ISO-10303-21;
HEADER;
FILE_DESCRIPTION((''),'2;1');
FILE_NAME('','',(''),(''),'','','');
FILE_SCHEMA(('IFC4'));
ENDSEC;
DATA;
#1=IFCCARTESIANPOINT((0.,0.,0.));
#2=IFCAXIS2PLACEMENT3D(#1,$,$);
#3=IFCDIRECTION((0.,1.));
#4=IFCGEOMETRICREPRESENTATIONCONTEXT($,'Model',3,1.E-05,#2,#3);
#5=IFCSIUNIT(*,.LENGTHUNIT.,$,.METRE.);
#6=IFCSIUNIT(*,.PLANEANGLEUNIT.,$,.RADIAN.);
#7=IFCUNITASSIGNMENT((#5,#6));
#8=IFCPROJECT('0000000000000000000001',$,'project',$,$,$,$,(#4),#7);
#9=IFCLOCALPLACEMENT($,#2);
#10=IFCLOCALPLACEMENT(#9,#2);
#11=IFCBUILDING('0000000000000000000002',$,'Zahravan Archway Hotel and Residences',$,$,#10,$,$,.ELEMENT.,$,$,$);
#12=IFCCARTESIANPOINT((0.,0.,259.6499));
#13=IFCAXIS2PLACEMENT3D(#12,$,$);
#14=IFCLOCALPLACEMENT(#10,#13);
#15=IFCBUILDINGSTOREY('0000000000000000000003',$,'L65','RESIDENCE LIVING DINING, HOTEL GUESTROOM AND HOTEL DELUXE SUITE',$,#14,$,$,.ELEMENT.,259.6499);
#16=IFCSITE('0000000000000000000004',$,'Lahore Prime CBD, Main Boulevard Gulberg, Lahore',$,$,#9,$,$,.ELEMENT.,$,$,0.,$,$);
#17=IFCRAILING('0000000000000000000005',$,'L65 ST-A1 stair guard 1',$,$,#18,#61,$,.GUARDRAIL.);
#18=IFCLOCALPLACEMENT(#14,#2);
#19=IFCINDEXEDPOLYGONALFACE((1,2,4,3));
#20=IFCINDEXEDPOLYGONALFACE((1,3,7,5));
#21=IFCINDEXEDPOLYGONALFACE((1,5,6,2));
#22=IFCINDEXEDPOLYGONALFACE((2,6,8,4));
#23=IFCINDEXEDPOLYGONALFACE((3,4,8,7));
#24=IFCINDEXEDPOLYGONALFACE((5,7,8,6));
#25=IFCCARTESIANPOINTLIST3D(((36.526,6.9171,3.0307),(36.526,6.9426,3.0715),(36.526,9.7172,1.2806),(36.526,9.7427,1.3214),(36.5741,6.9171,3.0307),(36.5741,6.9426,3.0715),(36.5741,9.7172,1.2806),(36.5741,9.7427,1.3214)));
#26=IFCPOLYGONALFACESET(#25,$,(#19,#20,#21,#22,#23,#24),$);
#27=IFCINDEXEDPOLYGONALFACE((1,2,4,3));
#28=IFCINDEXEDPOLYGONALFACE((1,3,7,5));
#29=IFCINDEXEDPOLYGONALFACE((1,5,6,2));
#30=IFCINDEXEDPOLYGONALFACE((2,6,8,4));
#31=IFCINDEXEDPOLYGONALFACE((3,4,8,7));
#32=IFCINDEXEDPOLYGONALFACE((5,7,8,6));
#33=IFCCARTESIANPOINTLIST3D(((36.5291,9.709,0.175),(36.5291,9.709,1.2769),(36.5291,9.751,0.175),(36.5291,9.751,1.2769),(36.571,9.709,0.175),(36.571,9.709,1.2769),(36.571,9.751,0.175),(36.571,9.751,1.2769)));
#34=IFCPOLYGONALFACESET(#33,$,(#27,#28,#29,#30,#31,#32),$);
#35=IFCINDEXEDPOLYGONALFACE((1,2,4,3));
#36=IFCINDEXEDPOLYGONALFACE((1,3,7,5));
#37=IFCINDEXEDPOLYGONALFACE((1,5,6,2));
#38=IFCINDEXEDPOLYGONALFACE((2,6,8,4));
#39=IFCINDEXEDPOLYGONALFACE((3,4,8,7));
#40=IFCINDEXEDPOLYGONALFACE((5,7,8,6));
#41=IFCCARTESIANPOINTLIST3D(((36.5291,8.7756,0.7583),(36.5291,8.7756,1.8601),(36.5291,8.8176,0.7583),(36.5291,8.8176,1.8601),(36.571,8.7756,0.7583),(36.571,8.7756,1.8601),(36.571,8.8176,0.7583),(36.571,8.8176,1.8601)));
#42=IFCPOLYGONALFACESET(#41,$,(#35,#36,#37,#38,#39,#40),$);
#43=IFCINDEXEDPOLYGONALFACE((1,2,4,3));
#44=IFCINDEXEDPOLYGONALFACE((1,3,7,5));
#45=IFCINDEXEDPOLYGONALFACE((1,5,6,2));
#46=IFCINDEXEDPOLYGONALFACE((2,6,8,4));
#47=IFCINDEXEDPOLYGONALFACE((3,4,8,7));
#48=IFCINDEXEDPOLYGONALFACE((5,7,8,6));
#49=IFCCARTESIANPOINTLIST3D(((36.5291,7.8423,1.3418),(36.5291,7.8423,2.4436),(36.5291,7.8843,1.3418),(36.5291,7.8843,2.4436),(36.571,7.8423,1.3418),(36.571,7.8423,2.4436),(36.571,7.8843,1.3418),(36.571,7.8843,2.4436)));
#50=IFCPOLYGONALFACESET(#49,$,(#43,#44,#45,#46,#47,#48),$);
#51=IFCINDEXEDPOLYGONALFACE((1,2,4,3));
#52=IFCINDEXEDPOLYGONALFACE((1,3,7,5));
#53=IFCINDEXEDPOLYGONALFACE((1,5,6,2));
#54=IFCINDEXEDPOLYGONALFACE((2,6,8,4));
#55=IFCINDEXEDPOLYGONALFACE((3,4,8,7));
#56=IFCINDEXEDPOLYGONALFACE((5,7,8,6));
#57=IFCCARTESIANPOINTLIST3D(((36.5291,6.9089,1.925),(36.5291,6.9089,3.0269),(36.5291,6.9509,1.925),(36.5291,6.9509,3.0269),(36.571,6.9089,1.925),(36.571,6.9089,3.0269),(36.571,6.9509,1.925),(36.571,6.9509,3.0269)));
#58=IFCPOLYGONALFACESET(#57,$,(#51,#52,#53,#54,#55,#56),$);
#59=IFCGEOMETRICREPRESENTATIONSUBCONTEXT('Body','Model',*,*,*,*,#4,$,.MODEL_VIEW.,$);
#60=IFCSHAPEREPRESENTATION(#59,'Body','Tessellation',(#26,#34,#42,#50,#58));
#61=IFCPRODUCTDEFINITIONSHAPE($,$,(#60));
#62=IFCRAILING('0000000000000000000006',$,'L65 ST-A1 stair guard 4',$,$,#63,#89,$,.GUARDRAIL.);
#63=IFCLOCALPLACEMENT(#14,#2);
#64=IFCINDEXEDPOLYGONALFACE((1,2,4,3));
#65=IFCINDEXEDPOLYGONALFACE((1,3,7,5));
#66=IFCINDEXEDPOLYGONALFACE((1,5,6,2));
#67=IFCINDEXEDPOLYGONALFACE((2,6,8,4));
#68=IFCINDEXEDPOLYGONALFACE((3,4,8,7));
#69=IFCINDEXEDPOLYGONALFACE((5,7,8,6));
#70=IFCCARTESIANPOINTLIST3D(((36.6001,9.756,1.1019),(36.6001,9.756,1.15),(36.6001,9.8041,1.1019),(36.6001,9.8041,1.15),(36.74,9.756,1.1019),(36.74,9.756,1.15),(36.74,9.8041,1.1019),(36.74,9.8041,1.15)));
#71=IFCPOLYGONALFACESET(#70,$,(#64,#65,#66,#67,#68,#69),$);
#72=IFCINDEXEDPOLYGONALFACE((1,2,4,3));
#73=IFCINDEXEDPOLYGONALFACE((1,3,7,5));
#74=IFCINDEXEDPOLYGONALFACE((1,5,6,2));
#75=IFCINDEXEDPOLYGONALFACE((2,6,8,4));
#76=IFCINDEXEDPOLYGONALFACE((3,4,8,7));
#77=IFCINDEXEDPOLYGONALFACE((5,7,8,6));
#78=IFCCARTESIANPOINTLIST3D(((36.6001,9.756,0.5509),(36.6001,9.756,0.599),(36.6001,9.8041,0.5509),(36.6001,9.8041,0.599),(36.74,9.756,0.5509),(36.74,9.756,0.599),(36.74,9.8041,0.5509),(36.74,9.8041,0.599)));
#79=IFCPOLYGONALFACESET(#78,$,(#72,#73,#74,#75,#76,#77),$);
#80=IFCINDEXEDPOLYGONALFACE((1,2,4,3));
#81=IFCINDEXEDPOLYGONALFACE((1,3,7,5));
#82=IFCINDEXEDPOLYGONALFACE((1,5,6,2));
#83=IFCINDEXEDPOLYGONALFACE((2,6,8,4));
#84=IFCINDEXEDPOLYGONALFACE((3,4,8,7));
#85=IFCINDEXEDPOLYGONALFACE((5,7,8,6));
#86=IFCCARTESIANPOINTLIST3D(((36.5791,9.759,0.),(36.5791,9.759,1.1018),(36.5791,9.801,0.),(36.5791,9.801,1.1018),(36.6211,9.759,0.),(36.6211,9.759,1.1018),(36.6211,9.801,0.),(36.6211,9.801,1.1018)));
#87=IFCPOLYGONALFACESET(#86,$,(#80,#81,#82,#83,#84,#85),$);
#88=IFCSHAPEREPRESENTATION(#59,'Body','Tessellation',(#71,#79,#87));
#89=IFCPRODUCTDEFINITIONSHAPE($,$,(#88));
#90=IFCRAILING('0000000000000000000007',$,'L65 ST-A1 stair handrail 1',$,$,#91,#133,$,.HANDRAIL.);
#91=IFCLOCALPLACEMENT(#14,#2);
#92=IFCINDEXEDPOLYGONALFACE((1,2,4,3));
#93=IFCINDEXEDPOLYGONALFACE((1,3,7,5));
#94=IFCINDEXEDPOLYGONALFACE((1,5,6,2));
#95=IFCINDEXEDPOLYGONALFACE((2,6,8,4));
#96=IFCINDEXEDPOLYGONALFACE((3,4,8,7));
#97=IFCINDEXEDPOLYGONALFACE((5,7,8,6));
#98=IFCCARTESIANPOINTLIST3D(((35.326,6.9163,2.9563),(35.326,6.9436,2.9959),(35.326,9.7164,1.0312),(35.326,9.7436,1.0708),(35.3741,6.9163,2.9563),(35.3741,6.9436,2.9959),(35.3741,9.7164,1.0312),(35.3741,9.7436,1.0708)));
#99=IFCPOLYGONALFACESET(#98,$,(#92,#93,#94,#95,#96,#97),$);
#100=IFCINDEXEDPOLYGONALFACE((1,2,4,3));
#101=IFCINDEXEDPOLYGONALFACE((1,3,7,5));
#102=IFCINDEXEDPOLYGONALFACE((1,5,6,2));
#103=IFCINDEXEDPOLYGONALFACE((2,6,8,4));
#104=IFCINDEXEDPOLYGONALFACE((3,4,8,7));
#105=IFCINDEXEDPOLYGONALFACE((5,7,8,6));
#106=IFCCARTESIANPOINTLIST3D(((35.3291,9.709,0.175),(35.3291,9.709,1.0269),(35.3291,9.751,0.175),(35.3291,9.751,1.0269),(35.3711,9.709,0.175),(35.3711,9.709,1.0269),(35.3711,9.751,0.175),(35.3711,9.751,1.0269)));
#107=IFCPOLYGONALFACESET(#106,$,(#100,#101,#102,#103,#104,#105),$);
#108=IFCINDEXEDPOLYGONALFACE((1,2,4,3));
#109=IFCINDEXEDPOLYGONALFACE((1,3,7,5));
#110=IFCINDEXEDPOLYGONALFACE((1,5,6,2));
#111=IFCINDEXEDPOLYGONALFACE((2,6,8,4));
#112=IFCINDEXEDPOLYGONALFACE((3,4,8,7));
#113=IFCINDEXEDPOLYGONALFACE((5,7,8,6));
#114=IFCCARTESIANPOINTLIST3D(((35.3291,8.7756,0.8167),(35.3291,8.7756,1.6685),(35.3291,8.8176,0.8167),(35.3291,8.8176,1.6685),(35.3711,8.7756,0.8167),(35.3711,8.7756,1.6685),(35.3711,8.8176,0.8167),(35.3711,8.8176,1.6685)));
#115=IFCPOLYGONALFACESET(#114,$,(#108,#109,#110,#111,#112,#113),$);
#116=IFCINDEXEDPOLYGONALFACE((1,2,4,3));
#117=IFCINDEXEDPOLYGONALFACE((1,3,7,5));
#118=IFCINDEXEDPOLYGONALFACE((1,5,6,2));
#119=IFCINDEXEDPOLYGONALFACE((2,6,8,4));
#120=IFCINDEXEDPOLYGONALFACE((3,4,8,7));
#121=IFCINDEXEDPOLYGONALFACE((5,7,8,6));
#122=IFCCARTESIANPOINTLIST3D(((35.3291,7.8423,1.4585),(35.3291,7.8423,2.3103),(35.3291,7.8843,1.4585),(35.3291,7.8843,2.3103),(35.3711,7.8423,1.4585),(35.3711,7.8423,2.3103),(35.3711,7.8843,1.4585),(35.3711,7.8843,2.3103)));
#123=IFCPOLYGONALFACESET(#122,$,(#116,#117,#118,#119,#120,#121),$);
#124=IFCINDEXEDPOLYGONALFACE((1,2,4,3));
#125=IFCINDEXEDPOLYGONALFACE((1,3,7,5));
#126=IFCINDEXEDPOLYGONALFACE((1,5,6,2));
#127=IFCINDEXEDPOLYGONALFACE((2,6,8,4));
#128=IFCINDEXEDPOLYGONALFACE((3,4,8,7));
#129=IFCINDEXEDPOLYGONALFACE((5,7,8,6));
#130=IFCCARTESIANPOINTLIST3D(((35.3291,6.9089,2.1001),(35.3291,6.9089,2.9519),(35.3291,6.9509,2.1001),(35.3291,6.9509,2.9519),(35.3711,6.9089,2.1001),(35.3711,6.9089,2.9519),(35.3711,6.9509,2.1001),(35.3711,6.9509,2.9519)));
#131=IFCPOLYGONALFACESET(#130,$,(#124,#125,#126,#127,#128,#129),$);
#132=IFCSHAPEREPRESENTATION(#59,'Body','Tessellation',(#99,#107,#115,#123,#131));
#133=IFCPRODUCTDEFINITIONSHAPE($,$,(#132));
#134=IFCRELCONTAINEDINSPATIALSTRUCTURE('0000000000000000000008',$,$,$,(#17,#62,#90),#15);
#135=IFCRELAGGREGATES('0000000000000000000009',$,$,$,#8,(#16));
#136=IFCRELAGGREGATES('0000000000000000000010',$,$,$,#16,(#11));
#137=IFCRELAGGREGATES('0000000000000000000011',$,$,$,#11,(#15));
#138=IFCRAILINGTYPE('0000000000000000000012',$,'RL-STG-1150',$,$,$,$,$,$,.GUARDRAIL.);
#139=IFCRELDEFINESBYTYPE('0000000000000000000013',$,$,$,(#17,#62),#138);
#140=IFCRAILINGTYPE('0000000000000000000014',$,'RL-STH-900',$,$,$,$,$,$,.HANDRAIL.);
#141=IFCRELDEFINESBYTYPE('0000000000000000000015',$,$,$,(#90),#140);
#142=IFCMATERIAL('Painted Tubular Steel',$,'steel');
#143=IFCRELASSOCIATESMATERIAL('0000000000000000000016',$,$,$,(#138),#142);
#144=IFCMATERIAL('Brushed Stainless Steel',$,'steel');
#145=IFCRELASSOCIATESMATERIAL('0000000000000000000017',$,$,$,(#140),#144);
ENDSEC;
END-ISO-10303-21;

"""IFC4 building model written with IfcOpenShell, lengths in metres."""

from ifc_helpers import new_model, si_unit, direction, frame, origin, origin_2d, place, context, subcontext, project, spatial, rectangle, extrude, material, type_object, element, save


model = new_model("IFC4")

# Units and contexts
model_context = context("Model", 3, precision=1e-05, world=origin(), true_north=direction((0.0, 1.0)))
body_context = subcontext(model_context, "Body", "Model", "MODEL_VIEW")
ifc_project = project(units=[si_unit("LENGTHUNIT", "METRE"), si_unit("PLANEANGLEUNIT", "RADIAN")], contexts=[model_context])

# Site, building, storey
site_placement = place(None, origin())
site = spatial("IfcSite", under=ifc_project, at=site_placement, Name="Lahore Prime CBD, Main Boulevard Gulberg, Lahore", CompositionType="ELEMENT", RefElevation=0.0)
building_placement = place(site_placement, origin())
building = spatial("IfcBuilding", under=site, at=building_placement, Name="Zahravan Archway Hotel and Residences", CompositionType="ELEMENT")
storey_placement = place(building_placement, frame((0.0, 0.0, 259.6499)))
storey = spatial("IfcBuildingStorey", under=building, at=storey_placement, Name="L65", Description="RESIDENCE LIVING DINING, HOTEL GUESTROOM AND HOTEL DELUXE SUITE", CompositionType="ELEMENT", Elevation=259.6499)

# Shared definitions
ifc_material_1 = material(Name="Brushed Stainless Steel", Category="steel")

# Railings
ifc_material_2 = material(Name="Painted Tubular Steel", Category="steel")
railing_type_1 = type_object("IfcRailingType", Name="RL-STG-1150", PredefinedType="GUARDRAIL", material=ifc_material_2)
railing_1_placement = place(storey_placement, frame((36.55, 9.73, 0.175)))
element("IfcRailing", 1, at=railing_1_placement, inside=storey, type_object=railing_type_1, Name="L65 ST-A1 stair guard 1", PredefinedType="GUARDRAIL", context=body_context, shape_type="SweptSolid", body=[
    extrude(rectangle(XDim=0.0481, YDim=0.0481, at=origin_2d()), frame((0.0, 0.0, 1.126), z_axis=(0.0, -0.848002, 0.529992), x_axis=(1.0, 0.0, 0.0)), (0.0, 0.0, 1.0), 3.302),
    extrude(rectangle(XDim=0.042, YDim=0.042, at=origin_2d()), origin(), (0.0, 0.0, 1.0), 1.1018),
    extrude(rectangle(XDim=0.042, YDim=0.042, at=origin_2d()), frame((0.0, -0.9333, 0.5833)), (0.0, 0.0, 1.0), 1.1018),
    extrude(rectangle(XDim=0.042, YDim=0.042, at=origin_2d()), frame((0.0, -1.8667, 1.1667)), (0.0, 0.0, 1.0), 1.1018),
    extrude(rectangle(XDim=0.042, YDim=0.042, at=origin_2d()), frame((0.0, -2.8, 1.75)), (0.0, 0.0, 1.0), 1.1018),
])
railing_2_placement = place(storey_placement, frame((36.6001, 9.78, 0.0)))
element("IfcRailing", 2, at=railing_2_placement, inside=storey, type_object=railing_type_1, Name="L65 ST-A1 stair guard 4", PredefinedType="GUARDRAIL", context=body_context, shape_type="SweptSolid", body=[
    extrude(rectangle(XDim=0.0481, YDim=0.0481, at=origin_2d()), frame((0.0, 0.0, 1.126), z_axis=(1.0, 0.0, 0.0), x_axis=(0.0, 1.0, 0.0)), (0.0, 0.0, 1.0), 0.1399),
    extrude(rectangle(XDim=0.0481, YDim=0.0481, at=origin_2d()), frame((0.0, 0.0, 0.575), z_axis=(1.0, 0.0, 0.0), x_axis=(0.0, 1.0, 0.0)), (0.0, 0.0, 1.0), 0.1399),
    extrude(rectangle(XDim=0.042, YDim=0.042, at=origin_2d()), origin(), (0.0, 0.0, 1.0), 1.1018),
])
railing_type_2 = type_object("IfcRailingType", Name="RL-STH-900", PredefinedType="HANDRAIL", material=ifc_material_1)
railing_3_placement = place(storey_placement, frame((35.3501, 9.73, 0.175)))
element("IfcRailing", 3, at=railing_3_placement, inside=storey, type_object=railing_type_2, Name="L65 ST-A1 stair handrail 1", PredefinedType="HANDRAIL", context=body_context, shape_type="SweptSolid", body=[
    extrude(rectangle(XDim=0.0481, YDim=0.0481, at=origin_2d()), frame((0.0, 0.0, 0.876), z_axis=(0.0, -0.82404, 0.566532), x_axis=(1.0, 0.0, 0.0)), (0.0, 0.0, 1.0), 3.3979),
    extrude(rectangle(XDim=0.042, YDim=0.042, at=origin_2d()), origin(), (0.0, 0.0, 1.0), 0.8518),
    extrude(rectangle(XDim=0.042, YDim=0.042, at=origin_2d()), frame((0.0, -0.9333, 0.6416)), (0.0, 0.0, 1.0), 0.8518),
    extrude(rectangle(XDim=0.042, YDim=0.042, at=origin_2d()), frame((0.0, -1.8667, 1.2834)), (0.0, 0.0, 1.0), 0.8518),
    extrude(rectangle(XDim=0.042, YDim=0.042, at=origin_2d()), frame((0.0, -2.8, 1.925)), (0.0, 0.0, 1.0), 0.8518),
])

save(model, "model.ifc")
